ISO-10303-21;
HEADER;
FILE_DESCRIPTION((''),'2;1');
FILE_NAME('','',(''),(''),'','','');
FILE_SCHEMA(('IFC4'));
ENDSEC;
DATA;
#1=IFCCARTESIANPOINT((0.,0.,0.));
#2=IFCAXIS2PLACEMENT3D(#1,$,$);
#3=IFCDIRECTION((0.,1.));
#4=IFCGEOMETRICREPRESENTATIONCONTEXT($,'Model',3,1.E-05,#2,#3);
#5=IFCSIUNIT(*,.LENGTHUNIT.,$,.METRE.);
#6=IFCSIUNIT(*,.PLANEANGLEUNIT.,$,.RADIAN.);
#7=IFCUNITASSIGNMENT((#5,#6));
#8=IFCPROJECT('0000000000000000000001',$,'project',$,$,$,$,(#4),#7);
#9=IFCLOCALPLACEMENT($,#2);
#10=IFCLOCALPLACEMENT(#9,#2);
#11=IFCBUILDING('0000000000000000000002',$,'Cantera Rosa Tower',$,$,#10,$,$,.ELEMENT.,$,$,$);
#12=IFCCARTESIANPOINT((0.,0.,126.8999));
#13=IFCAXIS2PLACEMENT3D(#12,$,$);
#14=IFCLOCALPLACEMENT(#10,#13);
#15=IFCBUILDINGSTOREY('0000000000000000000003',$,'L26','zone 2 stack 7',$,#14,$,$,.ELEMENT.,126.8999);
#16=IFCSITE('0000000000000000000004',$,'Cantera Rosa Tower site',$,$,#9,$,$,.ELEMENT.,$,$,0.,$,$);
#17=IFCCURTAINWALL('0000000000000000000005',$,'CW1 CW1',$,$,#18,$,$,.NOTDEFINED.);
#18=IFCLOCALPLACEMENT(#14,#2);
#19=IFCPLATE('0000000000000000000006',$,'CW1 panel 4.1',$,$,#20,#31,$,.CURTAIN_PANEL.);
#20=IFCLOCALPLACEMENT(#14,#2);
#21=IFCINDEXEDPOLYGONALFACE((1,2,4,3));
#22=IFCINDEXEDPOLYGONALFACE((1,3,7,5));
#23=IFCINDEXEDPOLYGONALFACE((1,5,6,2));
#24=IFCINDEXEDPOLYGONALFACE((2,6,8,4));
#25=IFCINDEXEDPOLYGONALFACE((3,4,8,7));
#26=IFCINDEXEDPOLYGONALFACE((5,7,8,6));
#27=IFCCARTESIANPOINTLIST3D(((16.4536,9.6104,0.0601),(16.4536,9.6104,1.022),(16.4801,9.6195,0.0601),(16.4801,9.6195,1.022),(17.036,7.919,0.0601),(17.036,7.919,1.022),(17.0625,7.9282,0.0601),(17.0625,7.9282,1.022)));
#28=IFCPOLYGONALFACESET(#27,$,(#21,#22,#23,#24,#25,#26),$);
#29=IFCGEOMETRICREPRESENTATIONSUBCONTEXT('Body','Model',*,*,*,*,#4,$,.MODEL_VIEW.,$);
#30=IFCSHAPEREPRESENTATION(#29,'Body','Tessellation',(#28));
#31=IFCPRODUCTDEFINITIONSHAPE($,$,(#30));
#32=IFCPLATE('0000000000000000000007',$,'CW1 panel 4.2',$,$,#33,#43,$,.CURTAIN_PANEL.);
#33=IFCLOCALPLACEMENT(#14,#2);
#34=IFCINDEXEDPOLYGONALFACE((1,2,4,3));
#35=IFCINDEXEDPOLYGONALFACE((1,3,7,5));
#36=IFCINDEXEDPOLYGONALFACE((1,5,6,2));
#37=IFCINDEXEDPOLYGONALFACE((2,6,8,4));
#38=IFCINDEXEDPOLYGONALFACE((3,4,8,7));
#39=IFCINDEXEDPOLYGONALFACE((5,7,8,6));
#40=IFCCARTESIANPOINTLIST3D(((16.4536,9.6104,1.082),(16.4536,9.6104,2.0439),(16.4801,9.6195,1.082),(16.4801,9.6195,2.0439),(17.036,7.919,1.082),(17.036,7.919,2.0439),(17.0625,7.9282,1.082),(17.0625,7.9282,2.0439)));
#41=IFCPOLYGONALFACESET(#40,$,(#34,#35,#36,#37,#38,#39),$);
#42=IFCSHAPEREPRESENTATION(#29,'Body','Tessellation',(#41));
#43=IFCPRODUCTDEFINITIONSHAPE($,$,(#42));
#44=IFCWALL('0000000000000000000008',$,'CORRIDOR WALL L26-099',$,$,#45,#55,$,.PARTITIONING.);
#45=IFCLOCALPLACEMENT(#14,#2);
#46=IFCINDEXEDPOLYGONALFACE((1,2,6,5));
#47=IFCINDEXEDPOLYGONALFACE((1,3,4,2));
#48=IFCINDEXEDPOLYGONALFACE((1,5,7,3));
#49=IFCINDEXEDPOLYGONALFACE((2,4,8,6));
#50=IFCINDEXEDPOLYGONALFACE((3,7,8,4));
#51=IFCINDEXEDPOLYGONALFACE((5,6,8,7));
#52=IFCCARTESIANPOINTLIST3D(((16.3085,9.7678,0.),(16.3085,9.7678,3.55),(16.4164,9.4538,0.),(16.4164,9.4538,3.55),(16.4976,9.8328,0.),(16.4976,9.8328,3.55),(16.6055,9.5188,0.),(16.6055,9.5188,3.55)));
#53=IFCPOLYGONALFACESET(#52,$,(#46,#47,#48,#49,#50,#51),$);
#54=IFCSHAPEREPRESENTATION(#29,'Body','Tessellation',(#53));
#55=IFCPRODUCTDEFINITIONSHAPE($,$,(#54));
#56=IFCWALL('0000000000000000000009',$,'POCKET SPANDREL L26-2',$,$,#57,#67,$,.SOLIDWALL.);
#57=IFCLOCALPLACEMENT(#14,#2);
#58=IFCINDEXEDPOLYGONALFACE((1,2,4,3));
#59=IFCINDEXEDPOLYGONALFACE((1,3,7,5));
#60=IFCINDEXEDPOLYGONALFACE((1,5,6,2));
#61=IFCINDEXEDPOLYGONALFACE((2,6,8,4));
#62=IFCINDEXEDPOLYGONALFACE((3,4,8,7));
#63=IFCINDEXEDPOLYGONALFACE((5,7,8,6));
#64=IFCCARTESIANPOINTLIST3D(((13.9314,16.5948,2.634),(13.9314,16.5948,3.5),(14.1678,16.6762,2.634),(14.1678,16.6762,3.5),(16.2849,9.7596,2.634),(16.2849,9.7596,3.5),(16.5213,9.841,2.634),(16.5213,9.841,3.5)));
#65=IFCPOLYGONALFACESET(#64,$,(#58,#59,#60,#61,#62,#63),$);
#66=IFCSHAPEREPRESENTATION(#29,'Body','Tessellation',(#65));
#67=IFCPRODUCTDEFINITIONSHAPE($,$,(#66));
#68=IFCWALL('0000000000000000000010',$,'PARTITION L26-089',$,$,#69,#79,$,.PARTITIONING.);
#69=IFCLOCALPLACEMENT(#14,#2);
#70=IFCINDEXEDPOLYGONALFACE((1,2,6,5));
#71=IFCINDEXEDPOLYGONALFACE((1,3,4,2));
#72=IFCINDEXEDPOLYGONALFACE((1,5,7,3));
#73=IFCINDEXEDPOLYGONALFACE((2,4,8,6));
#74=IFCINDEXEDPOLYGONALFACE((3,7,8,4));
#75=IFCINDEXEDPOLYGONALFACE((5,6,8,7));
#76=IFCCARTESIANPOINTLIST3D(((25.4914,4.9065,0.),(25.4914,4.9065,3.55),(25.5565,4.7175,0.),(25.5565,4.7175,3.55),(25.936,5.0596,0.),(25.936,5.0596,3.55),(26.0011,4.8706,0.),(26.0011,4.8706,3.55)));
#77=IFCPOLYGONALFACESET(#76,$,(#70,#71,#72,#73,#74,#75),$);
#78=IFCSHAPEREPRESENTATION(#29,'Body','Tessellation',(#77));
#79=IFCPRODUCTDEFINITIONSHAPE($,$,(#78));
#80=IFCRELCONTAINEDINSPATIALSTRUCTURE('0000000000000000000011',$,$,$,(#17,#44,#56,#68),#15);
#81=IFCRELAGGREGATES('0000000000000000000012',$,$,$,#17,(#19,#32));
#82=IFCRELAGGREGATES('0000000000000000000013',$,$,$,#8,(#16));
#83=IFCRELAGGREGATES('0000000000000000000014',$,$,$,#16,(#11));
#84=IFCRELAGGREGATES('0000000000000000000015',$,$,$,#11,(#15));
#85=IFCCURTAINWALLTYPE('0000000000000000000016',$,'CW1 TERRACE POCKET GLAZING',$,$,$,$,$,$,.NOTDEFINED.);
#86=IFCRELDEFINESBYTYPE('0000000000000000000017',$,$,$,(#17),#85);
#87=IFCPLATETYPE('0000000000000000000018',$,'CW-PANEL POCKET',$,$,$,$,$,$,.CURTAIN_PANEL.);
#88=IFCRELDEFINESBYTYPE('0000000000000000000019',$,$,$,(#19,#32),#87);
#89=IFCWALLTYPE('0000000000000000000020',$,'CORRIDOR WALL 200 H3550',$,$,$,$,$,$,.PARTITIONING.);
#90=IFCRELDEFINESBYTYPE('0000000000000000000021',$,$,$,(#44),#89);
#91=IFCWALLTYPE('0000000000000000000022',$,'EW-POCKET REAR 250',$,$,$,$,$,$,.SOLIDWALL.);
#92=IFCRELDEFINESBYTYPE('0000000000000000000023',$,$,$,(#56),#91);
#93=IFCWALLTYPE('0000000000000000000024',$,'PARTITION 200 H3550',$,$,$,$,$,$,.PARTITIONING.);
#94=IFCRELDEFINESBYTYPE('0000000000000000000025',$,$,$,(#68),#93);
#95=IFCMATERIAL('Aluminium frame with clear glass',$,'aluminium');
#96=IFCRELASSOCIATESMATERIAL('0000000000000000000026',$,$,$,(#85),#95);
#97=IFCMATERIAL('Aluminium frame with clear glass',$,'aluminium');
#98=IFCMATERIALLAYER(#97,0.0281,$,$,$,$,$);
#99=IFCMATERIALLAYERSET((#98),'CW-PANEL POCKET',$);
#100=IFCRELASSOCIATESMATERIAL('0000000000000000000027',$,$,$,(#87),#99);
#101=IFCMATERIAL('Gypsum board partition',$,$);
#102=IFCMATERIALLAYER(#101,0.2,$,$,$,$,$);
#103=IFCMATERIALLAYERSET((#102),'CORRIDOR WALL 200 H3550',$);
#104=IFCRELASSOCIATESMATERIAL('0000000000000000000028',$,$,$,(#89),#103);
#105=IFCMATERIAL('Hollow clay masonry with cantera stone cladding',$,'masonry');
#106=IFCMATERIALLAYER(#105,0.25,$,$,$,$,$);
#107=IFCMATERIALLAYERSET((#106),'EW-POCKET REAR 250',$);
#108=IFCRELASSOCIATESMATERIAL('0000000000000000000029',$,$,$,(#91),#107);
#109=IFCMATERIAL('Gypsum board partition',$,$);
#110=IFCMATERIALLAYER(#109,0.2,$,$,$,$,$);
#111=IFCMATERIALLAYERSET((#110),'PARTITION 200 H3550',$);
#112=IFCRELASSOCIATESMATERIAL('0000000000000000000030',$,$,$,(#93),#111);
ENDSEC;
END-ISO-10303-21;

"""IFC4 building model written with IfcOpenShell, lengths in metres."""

from ifc_helpers import new_model, si_unit, direction, frame, frame_2d, origin, origin_2d, place, context, subcontext, project, spatial, rectangle, extrude, material, layer, layer_set, type_object, element, aggregate, save


model = new_model("IFC4")

# Units and contexts
model_context = context("Model", 3, precision=1e-05, world=origin(), true_north=direction((0.0, 1.0)))
body_context = subcontext(model_context, "Body", "Model", "MODEL_VIEW")
ifc_project = project(units=[si_unit("LENGTHUNIT", "METRE"), si_unit("PLANEANGLEUNIT", "RADIAN")], contexts=[model_context])

# Site, building, storey
site_placement = place(None, origin())
site = spatial("IfcSite", under=ifc_project, at=site_placement, Name="Cantera Rosa Tower site", CompositionType="ELEMENT", RefElevation=0.0)
building_placement = place(site_placement, origin())
building = spatial("IfcBuilding", under=site, at=building_placement, Name="Cantera Rosa Tower", CompositionType="ELEMENT")
storey_placement = place(building_placement, frame((0.0, 0.0, 126.8999)))
storey = spatial("IfcBuildingStorey", under=building, at=storey_placement, Name="L26", Description="zone 2 stack 7", CompositionType="ELEMENT", Elevation=126.8999)

# Curtain wall
ifc_material_1 = material(Name="Aluminium frame with clear glass", Category="aluminium")
curtain_wall_type = type_object("IfcCurtainWallType", Name="CW1 TERRACE POCKET GLAZING", PredefinedType="NOTDEFINED", material=ifc_material_1)
curtain_wall_placement = place(storey_placement, origin())
curtain_wall = element("IfcCurtainWall", 1, at=curtain_wall_placement, inside=storey, type_object=curtain_wall_type, Name="CW1 CW1", PredefinedType="NOTDEFINED")

# Plates
ifc_material_2 = material(Name="Aluminium frame with clear glass", Category="aluminium")
ifc_layer_1 = layer(ifc_material_2, 0.0281)
ifc_layer_set_1 = layer_set([ifc_layer_1], Name="CW-PANEL POCKET")
plate_type = type_object("IfcPlateType", Name="CW-PANEL POCKET", PredefinedType="CURTAIN_PANEL", material=ifc_layer_set_1)
plate_1_placement = place(storey_placement, frame((16.7581, 8.7693, 0.0601), z_axis=(0.0, 0.0, 1.0), x_axis=(-0.325568, 0.945519, 0.0)))
plate_1 = element("IfcPlate", 2, at=plate_1_placement, type_object=plate_type, Name="CW1 panel 4.1", PredefinedType="CURTAIN_PANEL", context=body_context, shape_type="SweptSolid", body=[
    extrude(rectangle(XDim=1.7888, YDim=0.0281, at=origin_2d()), origin(), (0.0, 0.0, 1.0), 0.9619),
])
plate_2_placement = place(storey_placement, frame((16.7581, 8.7693, 1.082), z_axis=(0.0, 0.0, 1.0), x_axis=(-0.325568, 0.945519, 0.0)))
plate_2 = element("IfcPlate", 3, at=plate_2_placement, type_object=plate_type, Name="CW1 panel 4.2", PredefinedType="CURTAIN_PANEL", context=body_context, shape_type="SweptSolid", body=[
    extrude(rectangle(XDim=1.7888, YDim=0.0281, at=origin_2d()), origin(), (0.0, 0.0, 1.0), 0.9619),
])
aggregate(curtain_wall, [plate_1, plate_2])

# Walls
ifc_material_3 = material(Name="Gypsum board partition")
ifc_layer_2 = layer(ifc_material_3, 0.2)
ifc_layer_set_2 = layer_set([ifc_layer_2], Name="CORRIDOR WALL 200 H3550")
wall_type_1 = type_object("IfcWallType", Name="CORRIDOR WALL 200 H3550", PredefinedType="PARTITIONING", material=ifc_layer_set_2)
wall_1_placement = place(storey_placement, frame((16.511, 9.4863, 0.0), z_axis=(0.0, 0.0, 1.0), x_axis=(-0.325039, 0.945701, 0.0)))
element("IfcWall", 4, at=wall_1_placement, inside=storey, type_object=wall_type_1, Name="CORRIDOR WALL L26-099", PredefinedType="PARTITIONING", context=body_context, shape_type="SweptSolid", body=[
    extrude(rectangle(XDim=0.332, YDim=0.2, at=frame_2d((0.166, 0.0))), origin(), (0.0, 0.0, 1.0), 3.55),
])
ifc_material_4 = material(Name="Hollow clay masonry with cantera stone cladding", Category="masonry")
ifc_layer_3 = layer(ifc_material_4, 0.25)
ifc_layer_set_3 = layer_set([ifc_layer_3], Name="EW-POCKET REAR 250")
wall_type_2 = type_object("IfcWallType", Name="EW-POCKET REAR 250", PredefinedType="SOLIDWALL", material=ifc_layer_set_3)
wall_2_placement = place(storey_placement, frame((16.4031, 9.8003, 2.634), z_axis=(0.0, 0.0, 1.0), x_axis=(-0.325564, 0.94552, 0.0)))
element("IfcWall", 5, at=wall_2_placement, inside=storey, type_object=wall_type_2, Name="POCKET SPANDREL L26-2", PredefinedType="SOLIDWALL", context=body_context, shape_type="SweptSolid", body=[
    extrude(rectangle(XDim=7.229, YDim=0.25, at=frame_2d((3.6145, 0.0))), origin(), (0.0, 0.0, 1.0), 0.866),
])
ifc_material_5 = material(Name="Gypsum board partition")
ifc_layer_4 = layer(ifc_material_5, 0.2)
ifc_layer_set_4 = layer_set([ifc_layer_4], Name="PARTITION 200 H3550")
wall_type_3 = type_object("IfcWallType", Name="PARTITION 200 H3550", PredefinedType="PARTITIONING", material=ifc_layer_set_4)
wall_3_placement = place(storey_placement, frame((25.5239, 4.812, 0.0), z_axis=(0.0, 0.0, 1.0), x_axis=(0.945522, 0.325559, 0.0)))
element("IfcWall", 6, at=wall_3_placement, inside=storey, type_object=wall_type_3, Name="PARTITION L26-089", PredefinedType="PARTITIONING", context=body_context, shape_type="SweptSolid", body=[
    extrude(rectangle(XDim=0.4702, YDim=0.2, at=frame_2d((0.2351, 0.0))), origin(), (0.0, 0.0, 1.0), 3.55),
])

save(model, "model.ifc")
